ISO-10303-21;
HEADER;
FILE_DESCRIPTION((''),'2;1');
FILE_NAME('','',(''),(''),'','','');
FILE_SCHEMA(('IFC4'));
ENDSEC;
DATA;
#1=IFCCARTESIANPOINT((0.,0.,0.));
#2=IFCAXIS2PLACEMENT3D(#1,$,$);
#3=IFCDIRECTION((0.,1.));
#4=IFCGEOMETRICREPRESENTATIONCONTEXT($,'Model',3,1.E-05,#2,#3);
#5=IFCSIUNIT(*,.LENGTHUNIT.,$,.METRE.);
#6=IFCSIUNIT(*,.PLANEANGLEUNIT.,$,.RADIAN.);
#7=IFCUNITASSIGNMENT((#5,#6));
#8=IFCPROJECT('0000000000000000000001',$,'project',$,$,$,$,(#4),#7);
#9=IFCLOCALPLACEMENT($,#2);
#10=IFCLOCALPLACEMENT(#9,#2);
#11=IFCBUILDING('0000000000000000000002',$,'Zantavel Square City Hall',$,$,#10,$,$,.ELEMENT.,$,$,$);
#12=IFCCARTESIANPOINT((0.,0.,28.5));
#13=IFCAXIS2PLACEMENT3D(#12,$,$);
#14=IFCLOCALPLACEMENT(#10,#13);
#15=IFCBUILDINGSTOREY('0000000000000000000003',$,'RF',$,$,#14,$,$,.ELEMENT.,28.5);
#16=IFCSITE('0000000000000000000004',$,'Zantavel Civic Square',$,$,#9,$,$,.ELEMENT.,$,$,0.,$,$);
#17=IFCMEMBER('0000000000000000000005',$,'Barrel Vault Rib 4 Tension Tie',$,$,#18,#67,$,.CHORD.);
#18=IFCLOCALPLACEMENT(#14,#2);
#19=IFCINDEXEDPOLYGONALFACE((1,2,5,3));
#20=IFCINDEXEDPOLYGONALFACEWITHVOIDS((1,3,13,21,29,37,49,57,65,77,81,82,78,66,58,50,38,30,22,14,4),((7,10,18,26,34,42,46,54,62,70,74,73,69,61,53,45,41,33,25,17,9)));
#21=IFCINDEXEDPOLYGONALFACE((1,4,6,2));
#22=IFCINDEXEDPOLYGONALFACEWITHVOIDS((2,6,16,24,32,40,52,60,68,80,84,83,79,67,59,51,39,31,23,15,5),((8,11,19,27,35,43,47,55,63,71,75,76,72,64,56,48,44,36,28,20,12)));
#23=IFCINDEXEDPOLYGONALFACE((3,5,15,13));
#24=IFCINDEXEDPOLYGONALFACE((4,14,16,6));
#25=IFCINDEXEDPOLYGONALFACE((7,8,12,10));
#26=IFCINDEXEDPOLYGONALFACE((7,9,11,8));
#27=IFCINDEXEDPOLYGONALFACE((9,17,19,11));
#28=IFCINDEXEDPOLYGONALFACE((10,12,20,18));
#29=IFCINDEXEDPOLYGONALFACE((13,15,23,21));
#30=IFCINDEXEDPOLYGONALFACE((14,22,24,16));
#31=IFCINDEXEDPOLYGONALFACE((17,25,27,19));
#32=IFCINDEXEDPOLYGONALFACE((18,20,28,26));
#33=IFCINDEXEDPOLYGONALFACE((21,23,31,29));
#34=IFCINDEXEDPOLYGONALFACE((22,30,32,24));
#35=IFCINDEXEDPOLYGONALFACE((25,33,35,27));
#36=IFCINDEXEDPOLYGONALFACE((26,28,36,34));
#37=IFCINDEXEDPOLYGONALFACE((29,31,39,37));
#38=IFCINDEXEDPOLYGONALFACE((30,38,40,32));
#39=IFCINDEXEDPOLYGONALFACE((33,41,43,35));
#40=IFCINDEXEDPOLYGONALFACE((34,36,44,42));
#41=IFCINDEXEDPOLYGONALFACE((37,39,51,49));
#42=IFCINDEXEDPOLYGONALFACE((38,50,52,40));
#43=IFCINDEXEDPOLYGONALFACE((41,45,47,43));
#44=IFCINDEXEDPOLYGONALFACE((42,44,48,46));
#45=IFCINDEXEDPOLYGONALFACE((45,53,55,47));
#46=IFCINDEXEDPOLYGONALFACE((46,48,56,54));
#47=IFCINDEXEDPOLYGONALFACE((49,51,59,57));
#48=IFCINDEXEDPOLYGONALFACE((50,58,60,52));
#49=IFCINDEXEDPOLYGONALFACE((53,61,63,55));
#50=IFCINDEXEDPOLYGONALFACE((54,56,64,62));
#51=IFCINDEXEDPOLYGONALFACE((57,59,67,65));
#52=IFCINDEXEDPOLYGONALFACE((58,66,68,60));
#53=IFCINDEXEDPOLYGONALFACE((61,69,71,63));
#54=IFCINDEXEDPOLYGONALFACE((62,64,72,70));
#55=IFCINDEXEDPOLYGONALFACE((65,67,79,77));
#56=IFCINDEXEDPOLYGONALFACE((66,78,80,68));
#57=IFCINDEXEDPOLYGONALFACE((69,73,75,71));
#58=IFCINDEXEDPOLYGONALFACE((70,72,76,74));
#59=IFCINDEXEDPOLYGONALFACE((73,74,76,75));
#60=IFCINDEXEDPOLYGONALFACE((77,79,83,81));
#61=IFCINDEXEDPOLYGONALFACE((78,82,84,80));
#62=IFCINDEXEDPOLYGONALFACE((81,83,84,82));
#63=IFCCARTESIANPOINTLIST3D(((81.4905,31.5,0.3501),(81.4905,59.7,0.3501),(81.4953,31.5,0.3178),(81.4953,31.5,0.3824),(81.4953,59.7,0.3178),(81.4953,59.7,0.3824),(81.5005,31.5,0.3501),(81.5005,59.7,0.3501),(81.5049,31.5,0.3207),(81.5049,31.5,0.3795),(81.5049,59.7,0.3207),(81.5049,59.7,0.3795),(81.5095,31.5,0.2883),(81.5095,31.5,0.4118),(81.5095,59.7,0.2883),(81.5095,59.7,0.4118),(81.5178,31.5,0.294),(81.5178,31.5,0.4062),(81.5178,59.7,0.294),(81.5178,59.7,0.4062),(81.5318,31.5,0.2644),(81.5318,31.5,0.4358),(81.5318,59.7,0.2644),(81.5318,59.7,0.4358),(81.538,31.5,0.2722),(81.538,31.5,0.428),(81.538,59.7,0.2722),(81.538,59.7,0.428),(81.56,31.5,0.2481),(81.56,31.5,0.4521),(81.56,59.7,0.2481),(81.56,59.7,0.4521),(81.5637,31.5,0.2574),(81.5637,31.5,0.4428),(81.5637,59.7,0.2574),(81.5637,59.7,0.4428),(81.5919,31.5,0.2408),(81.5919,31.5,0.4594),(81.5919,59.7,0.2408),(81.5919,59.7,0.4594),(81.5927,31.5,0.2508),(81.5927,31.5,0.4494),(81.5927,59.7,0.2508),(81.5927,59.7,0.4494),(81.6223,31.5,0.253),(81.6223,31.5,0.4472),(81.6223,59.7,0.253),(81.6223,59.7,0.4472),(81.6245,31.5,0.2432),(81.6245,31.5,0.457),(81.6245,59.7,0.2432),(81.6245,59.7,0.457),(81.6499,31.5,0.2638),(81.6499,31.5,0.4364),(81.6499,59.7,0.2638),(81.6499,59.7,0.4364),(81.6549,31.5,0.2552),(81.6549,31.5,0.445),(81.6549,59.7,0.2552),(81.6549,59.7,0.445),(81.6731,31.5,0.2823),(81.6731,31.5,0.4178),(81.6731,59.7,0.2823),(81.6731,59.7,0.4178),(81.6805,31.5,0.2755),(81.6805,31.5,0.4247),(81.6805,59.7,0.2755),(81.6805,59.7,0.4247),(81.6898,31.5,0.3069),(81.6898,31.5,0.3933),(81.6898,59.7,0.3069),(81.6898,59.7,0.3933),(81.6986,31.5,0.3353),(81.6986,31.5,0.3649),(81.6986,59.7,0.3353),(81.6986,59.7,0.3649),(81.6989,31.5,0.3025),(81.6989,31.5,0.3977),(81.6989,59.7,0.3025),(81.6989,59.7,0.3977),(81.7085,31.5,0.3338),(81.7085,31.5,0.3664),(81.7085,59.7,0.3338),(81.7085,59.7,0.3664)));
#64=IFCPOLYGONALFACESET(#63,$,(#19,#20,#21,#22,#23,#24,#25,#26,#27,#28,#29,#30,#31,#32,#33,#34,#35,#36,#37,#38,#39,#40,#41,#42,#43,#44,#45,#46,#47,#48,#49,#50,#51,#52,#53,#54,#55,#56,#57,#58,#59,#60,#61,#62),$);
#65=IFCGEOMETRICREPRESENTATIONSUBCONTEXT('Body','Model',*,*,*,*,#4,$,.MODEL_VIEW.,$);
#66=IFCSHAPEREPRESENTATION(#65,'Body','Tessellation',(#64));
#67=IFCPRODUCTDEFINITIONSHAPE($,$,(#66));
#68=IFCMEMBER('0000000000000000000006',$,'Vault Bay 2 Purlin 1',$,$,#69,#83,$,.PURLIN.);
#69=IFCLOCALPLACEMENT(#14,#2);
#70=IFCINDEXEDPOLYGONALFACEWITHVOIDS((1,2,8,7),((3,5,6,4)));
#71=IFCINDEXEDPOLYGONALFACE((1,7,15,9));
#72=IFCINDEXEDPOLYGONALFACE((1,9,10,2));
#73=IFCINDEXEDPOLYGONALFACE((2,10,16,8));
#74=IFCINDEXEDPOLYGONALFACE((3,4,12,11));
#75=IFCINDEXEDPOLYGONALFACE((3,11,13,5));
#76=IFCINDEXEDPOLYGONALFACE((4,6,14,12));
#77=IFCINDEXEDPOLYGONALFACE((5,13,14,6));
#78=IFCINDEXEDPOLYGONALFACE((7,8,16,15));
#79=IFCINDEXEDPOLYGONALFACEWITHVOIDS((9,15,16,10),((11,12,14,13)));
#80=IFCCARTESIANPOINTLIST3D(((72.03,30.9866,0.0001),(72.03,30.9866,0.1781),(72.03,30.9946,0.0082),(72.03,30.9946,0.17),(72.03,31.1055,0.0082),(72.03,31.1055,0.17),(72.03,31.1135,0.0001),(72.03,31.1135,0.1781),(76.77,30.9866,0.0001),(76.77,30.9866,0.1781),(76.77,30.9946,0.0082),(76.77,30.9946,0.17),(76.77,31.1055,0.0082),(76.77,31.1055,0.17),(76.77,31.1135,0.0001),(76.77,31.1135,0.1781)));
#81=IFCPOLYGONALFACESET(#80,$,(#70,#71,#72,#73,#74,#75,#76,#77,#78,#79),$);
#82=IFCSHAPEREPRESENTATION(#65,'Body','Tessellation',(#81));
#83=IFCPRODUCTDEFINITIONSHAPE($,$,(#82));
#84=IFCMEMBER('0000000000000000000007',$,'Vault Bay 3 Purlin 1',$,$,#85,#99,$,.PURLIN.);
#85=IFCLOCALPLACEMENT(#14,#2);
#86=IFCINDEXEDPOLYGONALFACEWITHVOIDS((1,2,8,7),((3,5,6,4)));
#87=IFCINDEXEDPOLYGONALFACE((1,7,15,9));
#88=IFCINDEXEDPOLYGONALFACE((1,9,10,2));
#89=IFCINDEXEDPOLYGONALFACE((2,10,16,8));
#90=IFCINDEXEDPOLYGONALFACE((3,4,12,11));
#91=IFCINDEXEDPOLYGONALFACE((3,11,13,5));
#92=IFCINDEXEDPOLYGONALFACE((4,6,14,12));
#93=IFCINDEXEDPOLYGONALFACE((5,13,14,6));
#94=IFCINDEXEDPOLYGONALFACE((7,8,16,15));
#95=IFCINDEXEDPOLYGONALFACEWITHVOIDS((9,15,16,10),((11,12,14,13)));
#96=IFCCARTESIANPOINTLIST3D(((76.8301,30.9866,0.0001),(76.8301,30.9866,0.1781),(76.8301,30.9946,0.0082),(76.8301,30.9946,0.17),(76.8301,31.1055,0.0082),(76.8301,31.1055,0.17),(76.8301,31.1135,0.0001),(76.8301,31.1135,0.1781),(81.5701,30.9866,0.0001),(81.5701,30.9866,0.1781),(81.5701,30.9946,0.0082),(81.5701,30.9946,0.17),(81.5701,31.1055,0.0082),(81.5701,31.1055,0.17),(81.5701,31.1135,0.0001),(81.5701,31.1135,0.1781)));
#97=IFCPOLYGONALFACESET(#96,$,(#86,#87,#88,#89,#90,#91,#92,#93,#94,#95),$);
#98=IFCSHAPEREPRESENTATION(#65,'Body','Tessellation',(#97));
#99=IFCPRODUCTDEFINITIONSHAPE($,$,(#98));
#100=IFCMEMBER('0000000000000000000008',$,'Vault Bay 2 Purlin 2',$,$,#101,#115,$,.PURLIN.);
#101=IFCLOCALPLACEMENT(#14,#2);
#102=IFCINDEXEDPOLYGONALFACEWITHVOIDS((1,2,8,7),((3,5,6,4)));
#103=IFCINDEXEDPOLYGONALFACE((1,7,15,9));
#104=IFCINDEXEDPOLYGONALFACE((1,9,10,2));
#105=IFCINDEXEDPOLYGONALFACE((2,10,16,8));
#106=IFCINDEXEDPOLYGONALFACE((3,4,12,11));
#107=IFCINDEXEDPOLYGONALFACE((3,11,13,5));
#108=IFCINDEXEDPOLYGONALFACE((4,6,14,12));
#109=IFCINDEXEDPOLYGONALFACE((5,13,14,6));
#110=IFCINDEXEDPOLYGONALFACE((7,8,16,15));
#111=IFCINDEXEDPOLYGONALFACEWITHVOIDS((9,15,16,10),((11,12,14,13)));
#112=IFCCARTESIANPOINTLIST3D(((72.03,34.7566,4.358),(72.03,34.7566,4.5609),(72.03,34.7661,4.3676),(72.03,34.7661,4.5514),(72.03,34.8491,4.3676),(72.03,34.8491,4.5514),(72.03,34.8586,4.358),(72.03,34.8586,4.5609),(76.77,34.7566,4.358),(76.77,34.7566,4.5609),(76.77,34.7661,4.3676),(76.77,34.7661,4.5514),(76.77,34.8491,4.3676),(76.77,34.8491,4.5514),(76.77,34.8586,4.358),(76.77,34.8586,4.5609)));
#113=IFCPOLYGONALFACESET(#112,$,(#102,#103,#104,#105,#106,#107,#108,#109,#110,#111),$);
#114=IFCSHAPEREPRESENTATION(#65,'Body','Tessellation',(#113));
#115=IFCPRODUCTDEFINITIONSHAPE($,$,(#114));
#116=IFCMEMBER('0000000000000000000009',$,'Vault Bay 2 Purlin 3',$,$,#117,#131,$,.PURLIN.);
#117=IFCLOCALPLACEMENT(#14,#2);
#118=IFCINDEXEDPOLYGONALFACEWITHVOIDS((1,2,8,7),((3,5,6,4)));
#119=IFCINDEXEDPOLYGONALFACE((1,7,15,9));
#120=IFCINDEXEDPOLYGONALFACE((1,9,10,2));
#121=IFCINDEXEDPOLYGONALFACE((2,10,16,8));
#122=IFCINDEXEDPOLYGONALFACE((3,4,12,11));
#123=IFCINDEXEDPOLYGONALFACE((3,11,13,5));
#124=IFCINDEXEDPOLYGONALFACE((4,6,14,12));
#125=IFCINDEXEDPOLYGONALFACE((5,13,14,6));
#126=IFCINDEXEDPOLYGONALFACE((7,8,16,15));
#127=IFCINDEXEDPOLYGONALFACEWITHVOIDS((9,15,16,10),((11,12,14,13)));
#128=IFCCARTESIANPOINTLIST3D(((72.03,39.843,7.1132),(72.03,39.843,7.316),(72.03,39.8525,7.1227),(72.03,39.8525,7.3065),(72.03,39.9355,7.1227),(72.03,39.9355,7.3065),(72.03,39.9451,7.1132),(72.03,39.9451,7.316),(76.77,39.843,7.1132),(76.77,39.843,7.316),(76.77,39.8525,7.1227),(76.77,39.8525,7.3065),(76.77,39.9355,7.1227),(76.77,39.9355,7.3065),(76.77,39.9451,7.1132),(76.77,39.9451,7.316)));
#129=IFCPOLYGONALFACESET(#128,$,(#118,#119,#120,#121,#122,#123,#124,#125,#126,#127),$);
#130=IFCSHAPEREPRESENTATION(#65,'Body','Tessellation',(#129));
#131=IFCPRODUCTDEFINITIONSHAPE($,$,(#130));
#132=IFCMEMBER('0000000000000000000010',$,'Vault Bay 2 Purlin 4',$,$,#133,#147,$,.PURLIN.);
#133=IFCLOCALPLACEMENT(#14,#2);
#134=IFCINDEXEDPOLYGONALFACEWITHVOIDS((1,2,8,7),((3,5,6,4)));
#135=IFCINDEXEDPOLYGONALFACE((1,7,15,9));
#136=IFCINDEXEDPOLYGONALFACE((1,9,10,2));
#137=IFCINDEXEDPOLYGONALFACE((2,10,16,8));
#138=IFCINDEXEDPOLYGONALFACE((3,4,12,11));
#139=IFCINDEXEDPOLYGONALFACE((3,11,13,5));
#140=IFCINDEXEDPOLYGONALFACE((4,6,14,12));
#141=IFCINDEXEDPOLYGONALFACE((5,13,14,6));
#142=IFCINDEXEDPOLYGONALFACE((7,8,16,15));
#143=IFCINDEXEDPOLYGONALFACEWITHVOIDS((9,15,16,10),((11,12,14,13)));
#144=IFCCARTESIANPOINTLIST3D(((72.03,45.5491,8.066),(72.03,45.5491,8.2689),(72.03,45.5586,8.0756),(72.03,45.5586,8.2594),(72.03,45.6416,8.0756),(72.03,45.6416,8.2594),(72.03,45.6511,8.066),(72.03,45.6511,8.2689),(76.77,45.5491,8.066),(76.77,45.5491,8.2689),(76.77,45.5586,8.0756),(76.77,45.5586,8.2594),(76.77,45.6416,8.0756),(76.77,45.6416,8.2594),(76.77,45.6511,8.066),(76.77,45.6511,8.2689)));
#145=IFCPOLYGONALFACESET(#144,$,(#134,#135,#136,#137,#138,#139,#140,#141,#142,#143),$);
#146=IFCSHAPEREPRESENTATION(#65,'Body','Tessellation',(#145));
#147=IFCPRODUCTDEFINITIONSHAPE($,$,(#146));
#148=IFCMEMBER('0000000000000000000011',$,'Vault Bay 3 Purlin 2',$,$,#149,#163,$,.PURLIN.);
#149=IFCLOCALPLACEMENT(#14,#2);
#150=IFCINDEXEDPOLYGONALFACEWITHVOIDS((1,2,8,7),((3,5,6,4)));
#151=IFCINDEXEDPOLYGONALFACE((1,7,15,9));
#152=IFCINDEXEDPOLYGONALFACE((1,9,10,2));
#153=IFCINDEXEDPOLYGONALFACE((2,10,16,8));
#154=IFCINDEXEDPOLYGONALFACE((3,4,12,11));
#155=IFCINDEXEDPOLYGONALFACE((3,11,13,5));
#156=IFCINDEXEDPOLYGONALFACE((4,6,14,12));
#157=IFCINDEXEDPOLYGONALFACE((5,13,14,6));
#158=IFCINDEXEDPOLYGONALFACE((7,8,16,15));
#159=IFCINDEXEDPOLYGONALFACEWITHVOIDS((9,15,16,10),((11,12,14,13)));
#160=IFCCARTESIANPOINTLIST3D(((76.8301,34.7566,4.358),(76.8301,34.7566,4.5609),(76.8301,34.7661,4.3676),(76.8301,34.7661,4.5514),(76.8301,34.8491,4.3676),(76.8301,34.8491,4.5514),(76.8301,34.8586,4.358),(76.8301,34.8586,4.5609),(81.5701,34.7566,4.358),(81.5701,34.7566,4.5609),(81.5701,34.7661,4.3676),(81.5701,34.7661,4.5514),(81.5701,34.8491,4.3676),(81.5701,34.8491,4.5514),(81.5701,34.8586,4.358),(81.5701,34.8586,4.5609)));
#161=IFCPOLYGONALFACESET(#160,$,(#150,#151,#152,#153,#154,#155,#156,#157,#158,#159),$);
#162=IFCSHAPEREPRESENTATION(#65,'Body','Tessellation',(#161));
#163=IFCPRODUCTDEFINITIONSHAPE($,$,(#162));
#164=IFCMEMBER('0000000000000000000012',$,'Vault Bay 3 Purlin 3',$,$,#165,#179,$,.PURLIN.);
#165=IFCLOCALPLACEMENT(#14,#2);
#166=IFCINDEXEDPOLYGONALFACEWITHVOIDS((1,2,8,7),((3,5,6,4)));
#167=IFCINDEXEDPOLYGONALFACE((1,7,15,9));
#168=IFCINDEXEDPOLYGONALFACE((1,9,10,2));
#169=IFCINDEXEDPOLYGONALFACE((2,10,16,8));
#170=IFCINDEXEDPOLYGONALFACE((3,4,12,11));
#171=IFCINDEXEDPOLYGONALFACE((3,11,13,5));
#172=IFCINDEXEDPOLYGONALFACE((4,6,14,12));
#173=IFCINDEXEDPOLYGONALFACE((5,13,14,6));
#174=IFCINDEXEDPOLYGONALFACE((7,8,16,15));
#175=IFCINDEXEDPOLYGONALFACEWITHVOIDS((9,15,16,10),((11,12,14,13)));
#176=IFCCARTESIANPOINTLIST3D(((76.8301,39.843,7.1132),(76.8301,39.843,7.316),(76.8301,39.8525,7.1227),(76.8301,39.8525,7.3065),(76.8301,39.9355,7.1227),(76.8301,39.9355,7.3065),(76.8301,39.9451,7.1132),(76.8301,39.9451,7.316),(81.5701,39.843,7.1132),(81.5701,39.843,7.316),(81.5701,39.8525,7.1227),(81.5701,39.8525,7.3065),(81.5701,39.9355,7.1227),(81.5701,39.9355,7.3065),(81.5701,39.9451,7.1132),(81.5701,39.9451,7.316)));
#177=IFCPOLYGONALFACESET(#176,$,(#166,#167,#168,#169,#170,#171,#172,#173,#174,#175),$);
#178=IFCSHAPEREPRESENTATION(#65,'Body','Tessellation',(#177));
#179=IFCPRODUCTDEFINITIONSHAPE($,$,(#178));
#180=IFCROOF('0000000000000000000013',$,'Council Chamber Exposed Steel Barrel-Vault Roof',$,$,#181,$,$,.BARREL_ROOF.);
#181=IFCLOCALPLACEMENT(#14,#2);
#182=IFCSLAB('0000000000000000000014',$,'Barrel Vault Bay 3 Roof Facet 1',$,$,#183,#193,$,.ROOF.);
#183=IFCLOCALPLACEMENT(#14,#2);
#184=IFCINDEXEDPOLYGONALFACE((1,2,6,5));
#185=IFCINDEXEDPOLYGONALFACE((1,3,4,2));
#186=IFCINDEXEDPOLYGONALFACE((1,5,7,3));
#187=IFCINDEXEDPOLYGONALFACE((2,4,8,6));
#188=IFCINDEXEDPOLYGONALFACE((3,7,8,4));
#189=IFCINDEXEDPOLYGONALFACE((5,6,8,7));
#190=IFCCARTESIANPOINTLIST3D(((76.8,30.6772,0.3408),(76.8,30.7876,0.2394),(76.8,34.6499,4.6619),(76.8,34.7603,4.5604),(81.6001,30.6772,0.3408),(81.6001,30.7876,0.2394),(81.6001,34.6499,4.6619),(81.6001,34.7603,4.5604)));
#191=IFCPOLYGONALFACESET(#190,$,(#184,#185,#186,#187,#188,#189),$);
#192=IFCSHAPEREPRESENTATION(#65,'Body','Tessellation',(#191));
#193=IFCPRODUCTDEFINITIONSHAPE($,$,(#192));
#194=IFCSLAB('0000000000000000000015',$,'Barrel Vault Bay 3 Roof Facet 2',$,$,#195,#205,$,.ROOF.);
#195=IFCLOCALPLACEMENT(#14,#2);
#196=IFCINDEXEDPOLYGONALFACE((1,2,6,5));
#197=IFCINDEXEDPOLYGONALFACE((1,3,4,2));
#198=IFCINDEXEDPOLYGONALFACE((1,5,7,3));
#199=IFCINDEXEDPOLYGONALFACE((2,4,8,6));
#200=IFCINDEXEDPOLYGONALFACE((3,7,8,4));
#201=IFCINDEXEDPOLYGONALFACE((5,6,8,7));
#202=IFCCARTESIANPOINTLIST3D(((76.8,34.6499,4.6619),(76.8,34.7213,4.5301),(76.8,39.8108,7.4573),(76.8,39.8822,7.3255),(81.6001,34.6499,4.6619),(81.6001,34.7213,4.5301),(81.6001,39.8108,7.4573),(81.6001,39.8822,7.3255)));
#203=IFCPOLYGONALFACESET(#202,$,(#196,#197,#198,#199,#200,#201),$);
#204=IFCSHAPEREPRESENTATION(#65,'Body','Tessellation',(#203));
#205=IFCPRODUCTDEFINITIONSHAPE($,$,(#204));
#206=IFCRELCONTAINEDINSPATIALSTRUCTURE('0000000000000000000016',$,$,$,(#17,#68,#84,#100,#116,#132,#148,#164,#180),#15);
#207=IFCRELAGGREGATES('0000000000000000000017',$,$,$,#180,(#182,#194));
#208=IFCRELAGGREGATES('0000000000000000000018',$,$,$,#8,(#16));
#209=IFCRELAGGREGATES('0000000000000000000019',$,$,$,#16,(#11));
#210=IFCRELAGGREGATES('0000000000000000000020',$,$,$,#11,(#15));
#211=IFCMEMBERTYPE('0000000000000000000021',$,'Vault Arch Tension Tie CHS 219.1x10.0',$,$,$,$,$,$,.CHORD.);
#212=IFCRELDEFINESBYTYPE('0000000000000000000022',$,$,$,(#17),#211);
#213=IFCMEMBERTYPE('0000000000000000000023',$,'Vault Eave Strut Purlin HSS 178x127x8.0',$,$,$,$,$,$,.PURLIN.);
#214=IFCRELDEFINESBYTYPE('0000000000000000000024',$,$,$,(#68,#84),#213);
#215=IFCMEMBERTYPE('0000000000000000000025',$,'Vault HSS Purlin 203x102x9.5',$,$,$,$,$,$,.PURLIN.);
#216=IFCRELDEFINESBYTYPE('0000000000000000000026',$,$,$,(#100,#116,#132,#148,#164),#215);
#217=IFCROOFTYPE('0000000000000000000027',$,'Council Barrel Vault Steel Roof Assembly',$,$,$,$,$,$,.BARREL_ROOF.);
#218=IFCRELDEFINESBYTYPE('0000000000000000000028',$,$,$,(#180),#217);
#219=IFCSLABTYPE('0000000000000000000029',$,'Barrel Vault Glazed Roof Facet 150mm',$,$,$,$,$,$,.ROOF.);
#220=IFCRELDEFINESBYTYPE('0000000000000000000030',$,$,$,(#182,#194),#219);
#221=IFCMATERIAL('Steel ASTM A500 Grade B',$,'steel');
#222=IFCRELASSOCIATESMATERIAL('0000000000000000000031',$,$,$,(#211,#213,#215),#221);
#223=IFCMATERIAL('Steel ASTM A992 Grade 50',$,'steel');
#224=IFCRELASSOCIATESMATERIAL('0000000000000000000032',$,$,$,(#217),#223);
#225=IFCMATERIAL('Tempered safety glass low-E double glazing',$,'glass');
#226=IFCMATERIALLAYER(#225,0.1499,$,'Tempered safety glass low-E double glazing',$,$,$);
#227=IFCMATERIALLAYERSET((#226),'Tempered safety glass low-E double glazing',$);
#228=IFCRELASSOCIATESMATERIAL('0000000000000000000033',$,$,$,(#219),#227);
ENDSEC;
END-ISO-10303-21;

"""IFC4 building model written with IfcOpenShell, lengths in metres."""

from ifc_helpers import new_model, si_unit, direction, frame, origin, origin_2d, place, context, subcontext, project, spatial, polyline, hollow_rectangle, hollow_circle, outline, extrude, material, layer, layer_set, material_profile, profile_set, type_object, element, aggregate, save


model = new_model("IFC4")

# Units and contexts
model_context = context("Model", 3, precision=1e-05, world=origin(), true_north=direction((0.0, 1.0)))
body_context = subcontext(model_context, "Body", "Model", "MODEL_VIEW")
ifc_project = project(units=[si_unit("LENGTHUNIT", "METRE"), si_unit("PLANEANGLEUNIT", "RADIAN")], contexts=[model_context])

# Site, building, storey
site_placement = place(None, origin())
site = spatial("IfcSite", under=ifc_project, at=site_placement, Name="Zantavel Civic Square", CompositionType="ELEMENT", RefElevation=0.0)
building_placement = place(site_placement, origin())
building = spatial("IfcBuilding", under=site, at=building_placement, Name="Zantavel Square City Hall", CompositionType="ELEMENT")
storey_placement = place(building_placement, frame((0.0, 0.0, 28.5)))
storey = spatial("IfcBuildingStorey", under=building, at=storey_placement, Name="RF", CompositionType="ELEMENT", Elevation=28.5)

# Shared definitions
ifc_material_1 = material(Name="Steel ASTM A992 Grade 50", Category="steel")

# Members
ifc_material_2 = material(Name="Steel ASTM A500 Grade B", Category="steel")
ifc_material_profile_1 = material_profile(ifc_material_2, hollow_circle(Radius=0.1096, WallThickness=0.01, at=origin_2d()), Name="CHS 219.1x10.0")
ifc_profile_set_1 = profile_set([ifc_material_profile_1], Name="Steel ASTM A500 Grade B")
member_type_1 = type_object("IfcMemberType", Name="Vault Arch Tension Tie CHS 219.1x10.0", PredefinedType="CHORD", material=ifc_profile_set_1)
for number, where, z_axis, x_axis, name in (
    (1, (81.6001, 31.5, 0.3501), (0.0, 1.0, 0.0), (-1.0, 0.0, 0.0), "Barrel Vault Rib 4 Tension Tie"),
):
    element("IfcMember", number, at=place(storey_placement, frame(where, z_axis=z_axis, x_axis=x_axis)), inside=storey, type_object=member_type_1, Name=name, PredefinedType="CHORD", context=body_context, shape_type="SweptSolid", body=[
        extrude(hollow_circle(Radius=0.1096, WallThickness=0.01, at=origin_2d()), origin(), (0.0, 0.0, 1.0), 28.2),
    ])
ifc_material_profile_2 = material_profile(ifc_material_2, hollow_rectangle(XDim=0.127, YDim=0.178, WallThickness=0.0081, at=origin_2d()), Name="HSS 178x127x8.0")
ifc_profile_set_2 = profile_set([ifc_material_profile_2], Name="Steel ASTM A500 Grade B")
member_type_2 = type_object("IfcMemberType", Name="Vault Eave Strut Purlin HSS 178x127x8.0", PredefinedType="PURLIN", material=ifc_profile_set_2)
for number, where, z_axis, x_axis, name in (
    (2, (72.03, 31.05, 0.0891), (1.0, 0.0, 0.0), (0.0, 1.0, 0.0), "Vault Bay 2 Purlin 1"),
    (3, (76.8301, 31.05, 0.0891), (1.0, 0.0, 0.0), (0.0, 1.0, 0.0), "Vault Bay 3 Purlin 1"),
):
    element("IfcMember", number, at=place(storey_placement, frame(where, z_axis=z_axis, x_axis=x_axis)), inside=storey, type_object=member_type_2, Name=name, PredefinedType="PURLIN", context=body_context, shape_type="SweptSolid", body=[
        extrude(hollow_rectangle(XDim=0.127, YDim=0.178, WallThickness=0.0081, at=origin_2d()), origin(), (0.0, 0.0, 1.0), 4.74),
    ])
ifc_material_profile_3 = material_profile(ifc_material_2, hollow_rectangle(XDim=0.1021, YDim=0.2029, WallThickness=0.0095, at=origin_2d()), Name="HSS 203x102x9.5")
ifc_profile_set_3 = profile_set([ifc_material_profile_3], Name="Steel ASTM A500 Grade B")
member_type_3 = type_object("IfcMemberType", Name="Vault HSS Purlin 203x102x9.5", PredefinedType="PURLIN", material=ifc_profile_set_3)
for number, where, z_axis, x_axis, name in (
    (4, (72.03, 34.8076, 4.4595), (1.0, 0.0, 0.0), (0.0, 1.0, 0.0), "Vault Bay 2 Purlin 2"),
    (5, (72.03, 39.894, 7.2146), (1.0, 0.0, 0.0), (0.0, 1.0, 0.0), "Vault Bay 2 Purlin 3"),
    (6, (72.03, 45.6001, 8.1675), (1.0, 0.0, 0.0), (0.0, 1.0, 0.0), "Vault Bay 2 Purlin 4"),
    (7, (76.8301, 34.8076, 4.4595), (1.0, 0.0, 0.0), (0.0, 1.0, 0.0), "Vault Bay 3 Purlin 2"),
    (8, (76.8301, 39.894, 7.2146), (1.0, 0.0, 0.0), (0.0, 1.0, 0.0), "Vault Bay 3 Purlin 3"),
):
    element("IfcMember", number, at=place(storey_placement, frame(where, z_axis=z_axis, x_axis=x_axis)), inside=storey, type_object=member_type_3, Name=name, PredefinedType="PURLIN", context=body_context, shape_type="SweptSolid", body=[
        extrude(hollow_rectangle(XDim=0.1021, YDim=0.2029, WallThickness=0.0095, at=origin_2d()), origin(), (0.0, 0.0, 1.0), 4.74),
    ])

# Roof, slabs
roof_type = type_object("IfcRoofType", Name="Council Barrel Vault Steel Roof Assembly", PredefinedType="BARREL_ROOF", material=ifc_material_1)
roof_placement = place(storey_placement, origin())
roof = element("IfcRoof", 9, at=roof_placement, inside=storey, type_object=roof_type, Name="Council Chamber Exposed Steel Barrel-Vault Roof", PredefinedType="BARREL_ROOF")
ifc_material_3 = material(Name="Tempered safety glass low-E double glazing", Category="glass")
ifc_layer_1 = layer(ifc_material_3, 0.1499, Name="Tempered safety glass low-E double glazing")
ifc_layer_set_1 = layer_set([ifc_layer_1], Name="Tempered safety glass low-E double glazing")
slab_type_1 = type_object("IfcSlabType", Name="Barrel Vault Glazed Roof Facet 150mm", PredefinedType="ROOF", material=ifc_layer_set_1)
slab_1_placement = place(storey_placement, frame((76.8, 30.6772, 0.3408), z_axis=(0.0, -0.736161, 0.676807), x_axis=(1.0, 0.0, 0.0)))
slab_1 = element("IfcSlab", 10, at=slab_1_placement, type_object=slab_type_1, Name="Barrel Vault Bay 3 Roof Facet 1", PredefinedType="ROOF", context=body_context, shape_type="SweptSolid", body=[
    extrude(outline(polyline([(0.0, 0.0), (4.8, 0.0), (4.8, 5.8697), (0.0, 5.8697), (0.0, 0.0)])), origin(), (0.0, 0.0, -1.0), 0.1499),
])
slab_2_placement = place(storey_placement, frame((76.8, 34.6499, 4.6619), z_axis=(0.0, -0.476274, 0.879297), x_axis=(1.0, 0.0, 0.0)))
slab_2 = element("IfcSlab", 11, at=slab_2_placement, type_object=slab_type_1, Name="Barrel Vault Bay 3 Roof Facet 2", PredefinedType="ROOF", context=body_context, shape_type="SweptSolid", body=[
    extrude(outline(polyline([(0.0, 0.0), (4.8, 0.0), (4.8, 5.8693), (0.0, 5.8693), (0.0, 0.0)])), origin(), (0.0, 0.0, -1.0), 0.1499),
])

aggregate(roof, [slab_1, slab_2])

save(model, "model.ifc")
